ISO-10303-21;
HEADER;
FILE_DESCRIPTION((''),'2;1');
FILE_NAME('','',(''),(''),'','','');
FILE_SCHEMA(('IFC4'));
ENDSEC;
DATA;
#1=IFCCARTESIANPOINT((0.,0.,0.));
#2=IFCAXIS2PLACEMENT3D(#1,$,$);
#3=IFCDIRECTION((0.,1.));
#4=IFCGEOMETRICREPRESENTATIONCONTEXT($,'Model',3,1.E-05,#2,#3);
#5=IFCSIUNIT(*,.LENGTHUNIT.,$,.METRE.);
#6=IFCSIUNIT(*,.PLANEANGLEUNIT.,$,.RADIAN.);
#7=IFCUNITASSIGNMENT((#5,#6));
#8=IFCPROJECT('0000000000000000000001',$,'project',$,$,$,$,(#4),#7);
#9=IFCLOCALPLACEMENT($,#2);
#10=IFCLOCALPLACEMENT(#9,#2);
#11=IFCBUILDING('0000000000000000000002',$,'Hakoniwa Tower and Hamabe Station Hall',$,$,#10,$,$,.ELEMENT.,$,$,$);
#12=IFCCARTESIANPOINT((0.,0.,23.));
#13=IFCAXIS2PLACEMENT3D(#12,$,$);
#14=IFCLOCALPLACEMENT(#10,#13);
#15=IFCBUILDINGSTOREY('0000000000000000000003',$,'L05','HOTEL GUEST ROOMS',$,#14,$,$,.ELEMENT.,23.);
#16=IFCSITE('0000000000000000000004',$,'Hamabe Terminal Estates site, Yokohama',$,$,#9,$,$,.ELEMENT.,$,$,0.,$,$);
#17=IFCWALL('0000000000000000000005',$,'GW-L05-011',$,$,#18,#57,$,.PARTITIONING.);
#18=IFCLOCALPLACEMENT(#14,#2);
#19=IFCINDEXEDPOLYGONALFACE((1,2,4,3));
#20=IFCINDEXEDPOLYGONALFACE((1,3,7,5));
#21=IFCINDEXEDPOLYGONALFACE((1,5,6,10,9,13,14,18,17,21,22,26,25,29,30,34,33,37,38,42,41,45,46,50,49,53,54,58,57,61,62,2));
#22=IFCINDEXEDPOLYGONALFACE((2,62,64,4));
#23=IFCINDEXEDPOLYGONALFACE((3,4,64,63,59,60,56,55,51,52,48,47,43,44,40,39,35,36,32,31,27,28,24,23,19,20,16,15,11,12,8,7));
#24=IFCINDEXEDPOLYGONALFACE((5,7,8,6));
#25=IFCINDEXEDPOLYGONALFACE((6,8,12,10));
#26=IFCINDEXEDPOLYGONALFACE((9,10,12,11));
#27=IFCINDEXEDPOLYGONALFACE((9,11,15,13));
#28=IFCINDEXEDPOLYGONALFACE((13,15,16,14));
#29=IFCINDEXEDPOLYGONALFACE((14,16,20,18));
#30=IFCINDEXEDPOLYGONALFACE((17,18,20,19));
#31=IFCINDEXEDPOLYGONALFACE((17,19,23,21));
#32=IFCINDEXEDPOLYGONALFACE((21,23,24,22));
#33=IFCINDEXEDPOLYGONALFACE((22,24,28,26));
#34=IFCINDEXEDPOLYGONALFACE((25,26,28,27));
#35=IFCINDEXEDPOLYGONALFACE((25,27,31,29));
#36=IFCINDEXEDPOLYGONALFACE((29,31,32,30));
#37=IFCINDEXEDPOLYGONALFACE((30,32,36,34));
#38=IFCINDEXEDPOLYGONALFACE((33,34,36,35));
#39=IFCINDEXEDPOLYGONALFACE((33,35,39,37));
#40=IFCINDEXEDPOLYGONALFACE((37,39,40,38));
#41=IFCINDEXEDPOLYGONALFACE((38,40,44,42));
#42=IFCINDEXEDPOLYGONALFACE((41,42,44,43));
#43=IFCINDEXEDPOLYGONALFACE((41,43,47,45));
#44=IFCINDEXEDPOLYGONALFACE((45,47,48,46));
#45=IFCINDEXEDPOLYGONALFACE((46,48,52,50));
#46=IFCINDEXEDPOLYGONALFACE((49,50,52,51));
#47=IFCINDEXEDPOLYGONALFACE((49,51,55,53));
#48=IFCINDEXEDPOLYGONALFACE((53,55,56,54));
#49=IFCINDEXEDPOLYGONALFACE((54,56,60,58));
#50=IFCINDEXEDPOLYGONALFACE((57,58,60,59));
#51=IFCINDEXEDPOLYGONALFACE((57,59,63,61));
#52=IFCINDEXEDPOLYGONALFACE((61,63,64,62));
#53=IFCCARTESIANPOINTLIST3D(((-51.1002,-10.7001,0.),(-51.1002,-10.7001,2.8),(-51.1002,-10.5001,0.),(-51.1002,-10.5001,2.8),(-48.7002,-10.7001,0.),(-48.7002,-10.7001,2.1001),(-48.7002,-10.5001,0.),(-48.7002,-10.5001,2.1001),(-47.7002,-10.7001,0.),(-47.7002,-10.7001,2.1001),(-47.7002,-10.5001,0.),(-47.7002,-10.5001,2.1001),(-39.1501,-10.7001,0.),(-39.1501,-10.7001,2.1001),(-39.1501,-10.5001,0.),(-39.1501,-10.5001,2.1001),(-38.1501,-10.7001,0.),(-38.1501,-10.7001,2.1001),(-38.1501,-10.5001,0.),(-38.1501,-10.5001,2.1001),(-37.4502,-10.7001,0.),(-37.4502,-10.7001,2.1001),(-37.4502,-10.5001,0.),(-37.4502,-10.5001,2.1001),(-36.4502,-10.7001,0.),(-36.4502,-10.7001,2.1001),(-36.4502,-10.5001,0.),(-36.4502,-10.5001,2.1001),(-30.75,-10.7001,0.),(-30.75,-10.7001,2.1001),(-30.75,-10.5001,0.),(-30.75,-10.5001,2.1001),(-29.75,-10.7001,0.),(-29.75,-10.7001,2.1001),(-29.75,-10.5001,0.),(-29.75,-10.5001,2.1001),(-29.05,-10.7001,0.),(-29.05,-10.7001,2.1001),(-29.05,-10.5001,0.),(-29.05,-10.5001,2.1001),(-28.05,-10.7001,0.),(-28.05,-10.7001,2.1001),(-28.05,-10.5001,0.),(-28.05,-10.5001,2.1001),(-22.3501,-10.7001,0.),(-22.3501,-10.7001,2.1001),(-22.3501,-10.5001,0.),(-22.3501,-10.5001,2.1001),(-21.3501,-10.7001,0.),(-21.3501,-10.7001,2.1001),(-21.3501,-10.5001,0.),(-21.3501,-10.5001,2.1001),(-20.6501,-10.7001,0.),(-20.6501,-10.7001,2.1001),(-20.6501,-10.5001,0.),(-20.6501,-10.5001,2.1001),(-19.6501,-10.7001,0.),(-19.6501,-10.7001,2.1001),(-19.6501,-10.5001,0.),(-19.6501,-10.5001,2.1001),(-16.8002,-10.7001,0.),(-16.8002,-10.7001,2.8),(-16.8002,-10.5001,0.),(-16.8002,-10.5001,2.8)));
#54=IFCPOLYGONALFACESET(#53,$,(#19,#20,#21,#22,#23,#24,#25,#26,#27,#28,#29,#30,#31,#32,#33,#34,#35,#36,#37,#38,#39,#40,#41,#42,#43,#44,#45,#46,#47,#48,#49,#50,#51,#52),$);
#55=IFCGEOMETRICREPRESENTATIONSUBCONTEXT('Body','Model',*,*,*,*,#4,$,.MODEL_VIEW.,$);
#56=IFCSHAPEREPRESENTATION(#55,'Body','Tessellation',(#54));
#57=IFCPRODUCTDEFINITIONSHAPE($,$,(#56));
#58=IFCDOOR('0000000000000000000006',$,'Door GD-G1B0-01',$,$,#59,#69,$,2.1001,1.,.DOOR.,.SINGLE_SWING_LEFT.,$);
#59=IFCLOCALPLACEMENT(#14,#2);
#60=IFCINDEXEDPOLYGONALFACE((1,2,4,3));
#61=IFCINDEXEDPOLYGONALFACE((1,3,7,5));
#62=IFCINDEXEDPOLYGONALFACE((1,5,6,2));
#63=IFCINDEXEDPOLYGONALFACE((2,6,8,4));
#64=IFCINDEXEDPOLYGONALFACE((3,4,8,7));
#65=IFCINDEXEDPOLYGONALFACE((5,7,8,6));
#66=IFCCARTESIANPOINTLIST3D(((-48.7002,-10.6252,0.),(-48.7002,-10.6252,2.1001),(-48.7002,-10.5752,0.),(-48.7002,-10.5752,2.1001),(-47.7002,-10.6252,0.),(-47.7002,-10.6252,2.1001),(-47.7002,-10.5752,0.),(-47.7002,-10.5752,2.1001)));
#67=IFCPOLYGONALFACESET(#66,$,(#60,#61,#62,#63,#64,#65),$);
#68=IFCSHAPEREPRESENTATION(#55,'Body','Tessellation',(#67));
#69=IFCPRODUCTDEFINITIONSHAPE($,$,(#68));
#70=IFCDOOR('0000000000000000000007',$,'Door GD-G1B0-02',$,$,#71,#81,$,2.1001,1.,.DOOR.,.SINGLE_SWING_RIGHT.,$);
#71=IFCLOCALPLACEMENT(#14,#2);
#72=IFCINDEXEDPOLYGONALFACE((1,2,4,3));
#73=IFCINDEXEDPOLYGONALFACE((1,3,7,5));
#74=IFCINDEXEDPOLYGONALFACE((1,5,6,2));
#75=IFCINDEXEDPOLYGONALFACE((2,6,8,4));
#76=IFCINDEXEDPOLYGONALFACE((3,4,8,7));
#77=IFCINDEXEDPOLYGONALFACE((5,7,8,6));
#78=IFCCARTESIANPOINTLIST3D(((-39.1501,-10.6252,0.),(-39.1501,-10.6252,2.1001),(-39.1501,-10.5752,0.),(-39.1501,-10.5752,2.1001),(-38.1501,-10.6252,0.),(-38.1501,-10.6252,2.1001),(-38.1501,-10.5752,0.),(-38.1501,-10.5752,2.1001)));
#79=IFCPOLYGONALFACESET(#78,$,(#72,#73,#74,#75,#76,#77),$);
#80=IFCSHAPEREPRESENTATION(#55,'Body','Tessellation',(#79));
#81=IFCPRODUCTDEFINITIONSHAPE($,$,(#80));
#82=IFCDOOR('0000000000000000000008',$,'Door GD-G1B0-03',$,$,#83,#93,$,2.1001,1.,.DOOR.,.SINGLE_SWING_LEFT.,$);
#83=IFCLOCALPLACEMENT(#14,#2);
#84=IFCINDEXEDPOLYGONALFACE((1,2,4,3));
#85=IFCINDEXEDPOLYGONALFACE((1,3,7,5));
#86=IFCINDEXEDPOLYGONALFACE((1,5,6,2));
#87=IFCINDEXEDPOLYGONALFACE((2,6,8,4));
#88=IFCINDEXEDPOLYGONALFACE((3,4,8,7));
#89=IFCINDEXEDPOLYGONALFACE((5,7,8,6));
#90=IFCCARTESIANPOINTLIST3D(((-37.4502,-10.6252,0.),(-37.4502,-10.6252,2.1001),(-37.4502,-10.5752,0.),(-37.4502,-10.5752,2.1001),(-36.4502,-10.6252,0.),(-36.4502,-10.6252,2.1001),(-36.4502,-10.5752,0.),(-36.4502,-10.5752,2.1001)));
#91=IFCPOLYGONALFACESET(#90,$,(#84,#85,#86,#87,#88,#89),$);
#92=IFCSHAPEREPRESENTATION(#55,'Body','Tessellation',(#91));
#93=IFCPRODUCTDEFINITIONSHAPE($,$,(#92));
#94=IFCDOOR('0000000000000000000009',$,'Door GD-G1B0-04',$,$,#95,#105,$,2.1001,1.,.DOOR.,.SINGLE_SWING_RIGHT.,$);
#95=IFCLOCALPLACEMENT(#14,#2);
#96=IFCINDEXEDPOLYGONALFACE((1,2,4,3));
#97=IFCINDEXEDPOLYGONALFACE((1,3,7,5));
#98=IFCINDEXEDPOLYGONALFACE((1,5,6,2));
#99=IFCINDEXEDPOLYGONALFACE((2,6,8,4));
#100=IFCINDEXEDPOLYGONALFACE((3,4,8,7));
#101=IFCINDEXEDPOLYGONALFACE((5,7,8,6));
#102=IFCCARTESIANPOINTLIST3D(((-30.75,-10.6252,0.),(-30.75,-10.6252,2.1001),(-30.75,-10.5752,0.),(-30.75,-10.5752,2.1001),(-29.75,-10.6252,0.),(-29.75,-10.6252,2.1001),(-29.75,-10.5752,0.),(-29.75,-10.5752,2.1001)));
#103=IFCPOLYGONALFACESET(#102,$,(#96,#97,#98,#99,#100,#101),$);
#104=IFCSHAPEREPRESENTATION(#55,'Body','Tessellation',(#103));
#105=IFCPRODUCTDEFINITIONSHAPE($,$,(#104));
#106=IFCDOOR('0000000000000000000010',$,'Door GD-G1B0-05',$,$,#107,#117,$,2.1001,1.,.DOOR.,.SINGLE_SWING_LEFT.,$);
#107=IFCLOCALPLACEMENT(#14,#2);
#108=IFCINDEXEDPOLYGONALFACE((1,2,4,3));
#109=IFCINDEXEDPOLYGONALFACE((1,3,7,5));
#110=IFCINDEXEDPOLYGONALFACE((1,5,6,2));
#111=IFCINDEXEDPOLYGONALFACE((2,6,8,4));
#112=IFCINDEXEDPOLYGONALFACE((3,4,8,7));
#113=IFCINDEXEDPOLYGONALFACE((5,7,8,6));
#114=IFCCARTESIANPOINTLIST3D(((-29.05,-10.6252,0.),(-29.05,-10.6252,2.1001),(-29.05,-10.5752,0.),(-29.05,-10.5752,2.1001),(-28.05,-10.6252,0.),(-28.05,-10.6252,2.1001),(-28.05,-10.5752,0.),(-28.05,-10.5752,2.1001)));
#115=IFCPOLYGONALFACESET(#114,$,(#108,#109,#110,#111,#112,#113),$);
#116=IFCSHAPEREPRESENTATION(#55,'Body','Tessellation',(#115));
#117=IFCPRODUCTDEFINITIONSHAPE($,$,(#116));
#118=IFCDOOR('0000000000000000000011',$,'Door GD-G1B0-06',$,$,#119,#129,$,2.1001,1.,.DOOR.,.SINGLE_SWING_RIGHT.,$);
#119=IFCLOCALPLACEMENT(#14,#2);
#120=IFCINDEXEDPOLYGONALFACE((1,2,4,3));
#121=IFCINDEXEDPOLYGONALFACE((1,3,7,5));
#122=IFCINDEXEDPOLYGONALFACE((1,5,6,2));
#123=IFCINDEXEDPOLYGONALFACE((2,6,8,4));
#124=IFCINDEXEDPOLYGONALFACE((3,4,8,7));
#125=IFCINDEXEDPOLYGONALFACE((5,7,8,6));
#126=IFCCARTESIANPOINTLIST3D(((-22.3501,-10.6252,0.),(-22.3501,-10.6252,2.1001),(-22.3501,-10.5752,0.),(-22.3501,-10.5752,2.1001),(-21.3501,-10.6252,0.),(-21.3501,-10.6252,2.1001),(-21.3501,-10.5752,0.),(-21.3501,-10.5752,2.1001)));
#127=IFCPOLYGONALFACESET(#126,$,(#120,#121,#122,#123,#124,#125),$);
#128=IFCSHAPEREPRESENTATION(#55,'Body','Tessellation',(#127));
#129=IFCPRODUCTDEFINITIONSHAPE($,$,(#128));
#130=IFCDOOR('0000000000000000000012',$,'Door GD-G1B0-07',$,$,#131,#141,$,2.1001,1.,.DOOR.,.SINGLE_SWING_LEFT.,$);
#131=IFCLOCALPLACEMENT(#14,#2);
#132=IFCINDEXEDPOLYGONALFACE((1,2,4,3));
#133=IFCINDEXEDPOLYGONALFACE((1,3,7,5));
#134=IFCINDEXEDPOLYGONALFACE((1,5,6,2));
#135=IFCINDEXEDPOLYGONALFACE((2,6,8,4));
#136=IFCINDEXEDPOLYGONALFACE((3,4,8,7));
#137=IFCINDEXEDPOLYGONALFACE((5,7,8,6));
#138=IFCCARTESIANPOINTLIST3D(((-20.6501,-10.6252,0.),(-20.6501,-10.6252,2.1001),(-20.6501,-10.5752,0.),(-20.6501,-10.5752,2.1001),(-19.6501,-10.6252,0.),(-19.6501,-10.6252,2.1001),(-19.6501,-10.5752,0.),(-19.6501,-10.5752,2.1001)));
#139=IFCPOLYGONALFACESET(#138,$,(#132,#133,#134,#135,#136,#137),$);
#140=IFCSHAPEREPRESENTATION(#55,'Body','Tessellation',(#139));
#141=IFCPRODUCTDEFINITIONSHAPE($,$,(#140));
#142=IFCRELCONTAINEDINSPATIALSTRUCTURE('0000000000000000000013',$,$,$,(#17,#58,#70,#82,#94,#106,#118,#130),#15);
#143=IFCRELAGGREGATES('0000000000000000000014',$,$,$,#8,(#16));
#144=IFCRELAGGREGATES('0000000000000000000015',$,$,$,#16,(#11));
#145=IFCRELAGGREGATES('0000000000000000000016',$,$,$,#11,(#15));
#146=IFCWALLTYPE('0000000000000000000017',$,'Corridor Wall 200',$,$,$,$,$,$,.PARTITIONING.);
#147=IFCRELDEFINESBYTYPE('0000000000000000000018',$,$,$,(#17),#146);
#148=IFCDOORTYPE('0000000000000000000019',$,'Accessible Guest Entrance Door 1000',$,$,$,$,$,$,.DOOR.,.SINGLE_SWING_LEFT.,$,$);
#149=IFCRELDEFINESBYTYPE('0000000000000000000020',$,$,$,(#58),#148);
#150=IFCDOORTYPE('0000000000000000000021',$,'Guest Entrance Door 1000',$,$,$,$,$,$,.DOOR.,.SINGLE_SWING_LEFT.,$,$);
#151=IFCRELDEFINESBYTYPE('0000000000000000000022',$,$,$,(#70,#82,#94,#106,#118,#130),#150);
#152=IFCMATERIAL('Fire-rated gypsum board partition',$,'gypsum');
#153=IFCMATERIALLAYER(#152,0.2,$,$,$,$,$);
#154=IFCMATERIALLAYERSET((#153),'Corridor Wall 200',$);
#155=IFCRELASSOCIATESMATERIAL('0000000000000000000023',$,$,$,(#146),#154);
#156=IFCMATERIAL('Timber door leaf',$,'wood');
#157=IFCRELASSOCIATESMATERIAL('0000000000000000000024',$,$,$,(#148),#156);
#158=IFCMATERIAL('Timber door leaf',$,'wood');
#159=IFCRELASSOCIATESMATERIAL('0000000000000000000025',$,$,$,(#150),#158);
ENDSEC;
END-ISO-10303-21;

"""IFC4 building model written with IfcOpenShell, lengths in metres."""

from ifc_helpers import new_model, si_unit, direction, frame, frame_2d, origin, place, context, subcontext, project, spatial, rectangle, extrude, material, layer, layer_set, type_object, element, fill, save


model = new_model("IFC4")

# Units and contexts
model_context = context("Model", 3, precision=1e-05, world=origin(), true_north=direction((0.0, 1.0)))
body_context = subcontext(model_context, "Body", "Model", "MODEL_VIEW")
ifc_project = project(units=[si_unit("LENGTHUNIT", "METRE"), si_unit("PLANEANGLEUNIT", "RADIAN")], contexts=[model_context])

# Site, building, storey
site_placement = place(None, origin())
site = spatial("IfcSite", under=ifc_project, at=site_placement, Name="Hamabe Terminal Estates site, Yokohama", CompositionType="ELEMENT", RefElevation=0.0)
building_placement = place(site_placement, origin())
building = spatial("IfcBuilding", under=site, at=building_placement, Name="Hakoniwa Tower and Hamabe Station Hall", CompositionType="ELEMENT")
storey_placement = place(building_placement, frame((0.0, 0.0, 23.0)))
storey = spatial("IfcBuildingStorey", under=building, at=storey_placement, Name="L05", Description="HOTEL GUEST ROOMS", CompositionType="ELEMENT", Elevation=23.0)

# Wall, openings, doors
ifc_material_1 = material(Name="Fire-rated gypsum board partition", Category="gypsum")
ifc_layer_1 = layer(ifc_material_1, 0.2)
ifc_layer_set_1 = layer_set([ifc_layer_1], Name="Corridor Wall 200")
wall_type_1 = type_object("IfcWallType", Name="Corridor Wall 200", PredefinedType="PARTITIONING", material=ifc_layer_set_1)
wall_1_placement = place(storey_placement, frame((-51.1001, -10.6001, 0.0), z_axis=(0.0, 0.0, 1.0), x_axis=(1.0, 0.0, 0.0)))
wall_1 = element("IfcWall", 1, at=wall_1_placement, inside=storey, type_object=wall_type_1, Name="GW-L05-011", PredefinedType="PARTITIONING", context=body_context, shape_type="SweptSolid", body=[
    extrude(rectangle(XDim=34.3, YDim=0.2, at=frame_2d((17.1499, 0.0))), origin(), (0.0, 0.0, 1.0), 2.8),
])
opening_1_placement = place(wall_1_placement, frame((2.3999, 0.0, 0.0)))
opening_1 = element("IfcOpeningElement", 2, at=opening_1_placement, cuts=wall_1, PredefinedType="OPENING", context=body_context, shape_type="SweptSolid", body=[
    extrude(rectangle(XDim=1.0, YDim=2.1001, at=frame_2d((0.5, 1.05))), frame((0.0, 0.1099, 0.0), z_axis=(0.0, -1.0, 0.0), x_axis=(1.0, 0.0, 0.0)), (0.0, 0.0, 1.0), 0.22),
])
opening_2_placement = place(wall_1_placement, frame((11.95, 0.0, 0.0)))
opening_2 = element("IfcOpeningElement", 3, at=opening_2_placement, cuts=wall_1, PredefinedType="OPENING", context=body_context, shape_type="SweptSolid", body=[
    extrude(rectangle(XDim=1.0, YDim=2.1001, at=frame_2d((0.5, 1.05))), frame((0.0, 0.1099, 0.0), z_axis=(0.0, -1.0, 0.0), x_axis=(1.0, 0.0, 0.0)), (0.0, 0.0, 1.0), 0.22),
])
opening_3_placement = place(wall_1_placement, frame((13.6499, 0.0, 0.0)))
opening_3 = element("IfcOpeningElement", 4, at=opening_3_placement, cuts=wall_1, PredefinedType="OPENING", context=body_context, shape_type="SweptSolid", body=[
    extrude(rectangle(XDim=1.0, YDim=2.1001, at=frame_2d((0.5, 1.05))), frame((0.0, 0.1099, 0.0), z_axis=(0.0, -1.0, 0.0), x_axis=(1.0, 0.0, 0.0)), (0.0, 0.0, 1.0), 0.22),
])
opening_4_placement = place(wall_1_placement, frame((20.3501, 0.0, 0.0)))
opening_4 = element("IfcOpeningElement", 5, at=opening_4_placement, cuts=wall_1, PredefinedType="OPENING", context=body_context, shape_type="SweptSolid", body=[
    extrude(rectangle(XDim=1.0, YDim=2.1001, at=frame_2d((0.5, 1.05))), frame((0.0, 0.1099, 0.0), z_axis=(0.0, -1.0, 0.0), x_axis=(1.0, 0.0, 0.0)), (0.0, 0.0, 1.0), 0.22),
])
opening_5_placement = place(wall_1_placement, frame((22.05, 0.0, 0.0)))
opening_5 = element("IfcOpeningElement", 6, at=opening_5_placement, cuts=wall_1, PredefinedType="OPENING", context=body_context, shape_type="SweptSolid", body=[
    extrude(rectangle(XDim=1.0, YDim=2.1001, at=frame_2d((0.5, 1.05))), frame((0.0, 0.1099, 0.0), z_axis=(0.0, -1.0, 0.0), x_axis=(1.0, 0.0, 0.0)), (0.0, 0.0, 1.0), 0.22),
])
opening_6_placement = place(wall_1_placement, frame((28.75, 0.0, 0.0)))
opening_6 = element("IfcOpeningElement", 7, at=opening_6_placement, cuts=wall_1, PredefinedType="OPENING", context=body_context, shape_type="SweptSolid", body=[
    extrude(rectangle(XDim=1.0, YDim=2.1001, at=frame_2d((0.5, 1.05))), frame((0.0, 0.1099, 0.0), z_axis=(0.0, -1.0, 0.0), x_axis=(1.0, 0.0, 0.0)), (0.0, 0.0, 1.0), 0.22),
])
opening_7_placement = place(wall_1_placement, frame((30.45, 0.0, 0.0)))
opening_7 = element("IfcOpeningElement", 8, at=opening_7_placement, cuts=wall_1, PredefinedType="OPENING", context=body_context, shape_type="SweptSolid", body=[
    extrude(rectangle(XDim=1.0, YDim=2.1001, at=frame_2d((0.5, 1.05))), frame((0.0, 0.1099, 0.0), z_axis=(0.0, -1.0, 0.0), x_axis=(1.0, 0.0, 0.0)), (0.0, 0.0, 1.0), 0.22),
])
ifc_material_2 = material(Name="Timber door leaf", Category="wood")
door_type_1 = type_object("IfcDoorType", Name="Accessible Guest Entrance Door 1000", OperationType="SINGLE_SWING_LEFT", PredefinedType="DOOR", material=ifc_material_2)
door_1_placement = place(opening_1_placement, origin())
door_1 = element("IfcDoor", 9, at=door_1_placement, inside=storey, type_object=door_type_1, Name="Door GD-G1B0-01", OperationType="SINGLE_SWING_LEFT", OverallHeight=2.1001, OverallWidth=1.0, PredefinedType="DOOR", context=body_context, shape_type="SweptSolid", body=[
    extrude(rectangle(XDim=1.0, YDim=2.1001, at=frame_2d((0.5, 1.05))), frame((0.0, 0.0249, 0.0), z_axis=(0.0, -1.0, 0.0), x_axis=(1.0, 0.0, 0.0)), (0.0, 0.0, 1.0), 0.05),
])
fill(opening_1, door_1)
ifc_material_3 = material(Name="Timber door leaf", Category="wood")
door_type_2 = type_object("IfcDoorType", Name="Guest Entrance Door 1000", OperationType="SINGLE_SWING_LEFT", PredefinedType="DOOR", material=ifc_material_3)
door_2_placement = place(opening_2_placement, origin())
door_2 = element("IfcDoor", 10, at=door_2_placement, inside=storey, type_object=door_type_2, Name="Door GD-G1B0-02", OperationType="SINGLE_SWING_RIGHT", OverallHeight=2.1001, OverallWidth=1.0, PredefinedType="DOOR", context=body_context, shape_type="SweptSolid", body=[
    extrude(rectangle(XDim=1.0, YDim=2.1001, at=frame_2d((0.5, 1.05))), frame((0.0, 0.0249, 0.0), z_axis=(0.0, -1.0, 0.0), x_axis=(1.0, 0.0, 0.0)), (0.0, 0.0, 1.0), 0.05),
])
fill(opening_2, door_2)
door_3_placement = place(opening_3_placement, origin())
door_3 = element("IfcDoor", 11, at=door_3_placement, inside=storey, type_object=door_type_2, Name="Door GD-G1B0-03", OperationType="SINGLE_SWING_LEFT", OverallHeight=2.1001, OverallWidth=1.0, PredefinedType="DOOR", context=body_context, shape_type="SweptSolid", body=[
    extrude(rectangle(XDim=1.0, YDim=2.1001, at=frame_2d((0.5, 1.05))), frame((0.0, 0.0249, 0.0), z_axis=(0.0, -1.0, 0.0), x_axis=(1.0, 0.0, 0.0)), (0.0, 0.0, 1.0), 0.05),
])
fill(opening_3, door_3)
door_4_placement = place(opening_4_placement, origin())
door_4 = element("IfcDoor", 12, at=door_4_placement, inside=storey, type_object=door_type_2, Name="Door GD-G1B0-04", OperationType="SINGLE_SWING_RIGHT", OverallHeight=2.1001, OverallWidth=1.0, PredefinedType="DOOR", context=body_context, shape_type="SweptSolid", body=[
    extrude(rectangle(XDim=1.0, YDim=2.1001, at=frame_2d((0.5, 1.05))), frame((0.0, 0.0249, 0.0), z_axis=(0.0, -1.0, 0.0), x_axis=(1.0, 0.0, 0.0)), (0.0, 0.0, 1.0), 0.05),
])
fill(opening_4, door_4)
door_5_placement = place(opening_5_placement, origin())
door_5 = element("IfcDoor", 13, at=door_5_placement, inside=storey, type_object=door_type_2, Name="Door GD-G1B0-05", OperationType="SINGLE_SWING_LEFT", OverallHeight=2.1001, OverallWidth=1.0, PredefinedType="DOOR", context=body_context, shape_type="SweptSolid", body=[
    extrude(rectangle(XDim=1.0, YDim=2.1001, at=frame_2d((0.5, 1.05))), frame((0.0, 0.0249, 0.0), z_axis=(0.0, -1.0, 0.0), x_axis=(1.0, 0.0, 0.0)), (0.0, 0.0, 1.0), 0.05),
])
fill(opening_5, door_5)
door_6_placement = place(opening_6_placement, origin())
door_6 = element("IfcDoor", 14, at=door_6_placement, inside=storey, type_object=door_type_2, Name="Door GD-G1B0-06", OperationType="SINGLE_SWING_RIGHT", OverallHeight=2.1001, OverallWidth=1.0, PredefinedType="DOOR", context=body_context, shape_type="SweptSolid", body=[
    extrude(rectangle(XDim=1.0, YDim=2.1001, at=frame_2d((0.5, 1.05))), frame((0.0, 0.0249, 0.0), z_axis=(0.0, -1.0, 0.0), x_axis=(1.0, 0.0, 0.0)), (0.0, 0.0, 1.0), 0.05),
])
fill(opening_6, door_6)
door_7_placement = place(opening_7_placement, origin())
door_7 = element("IfcDoor", 15, at=door_7_placement, inside=storey, type_object=door_type_2, Name="Door GD-G1B0-07", OperationType="SINGLE_SWING_LEFT", OverallHeight=2.1001, OverallWidth=1.0, PredefinedType="DOOR", context=body_context, shape_type="SweptSolid", body=[
    extrude(rectangle(XDim=1.0, YDim=2.1001, at=frame_2d((0.5, 1.05))), frame((0.0, 0.0249, 0.0), z_axis=(0.0, -1.0, 0.0), x_axis=(1.0, 0.0, 0.0)), (0.0, 0.0, 1.0), 0.05),
])
fill(opening_7, door_7)

save(model, "model.ifc")
